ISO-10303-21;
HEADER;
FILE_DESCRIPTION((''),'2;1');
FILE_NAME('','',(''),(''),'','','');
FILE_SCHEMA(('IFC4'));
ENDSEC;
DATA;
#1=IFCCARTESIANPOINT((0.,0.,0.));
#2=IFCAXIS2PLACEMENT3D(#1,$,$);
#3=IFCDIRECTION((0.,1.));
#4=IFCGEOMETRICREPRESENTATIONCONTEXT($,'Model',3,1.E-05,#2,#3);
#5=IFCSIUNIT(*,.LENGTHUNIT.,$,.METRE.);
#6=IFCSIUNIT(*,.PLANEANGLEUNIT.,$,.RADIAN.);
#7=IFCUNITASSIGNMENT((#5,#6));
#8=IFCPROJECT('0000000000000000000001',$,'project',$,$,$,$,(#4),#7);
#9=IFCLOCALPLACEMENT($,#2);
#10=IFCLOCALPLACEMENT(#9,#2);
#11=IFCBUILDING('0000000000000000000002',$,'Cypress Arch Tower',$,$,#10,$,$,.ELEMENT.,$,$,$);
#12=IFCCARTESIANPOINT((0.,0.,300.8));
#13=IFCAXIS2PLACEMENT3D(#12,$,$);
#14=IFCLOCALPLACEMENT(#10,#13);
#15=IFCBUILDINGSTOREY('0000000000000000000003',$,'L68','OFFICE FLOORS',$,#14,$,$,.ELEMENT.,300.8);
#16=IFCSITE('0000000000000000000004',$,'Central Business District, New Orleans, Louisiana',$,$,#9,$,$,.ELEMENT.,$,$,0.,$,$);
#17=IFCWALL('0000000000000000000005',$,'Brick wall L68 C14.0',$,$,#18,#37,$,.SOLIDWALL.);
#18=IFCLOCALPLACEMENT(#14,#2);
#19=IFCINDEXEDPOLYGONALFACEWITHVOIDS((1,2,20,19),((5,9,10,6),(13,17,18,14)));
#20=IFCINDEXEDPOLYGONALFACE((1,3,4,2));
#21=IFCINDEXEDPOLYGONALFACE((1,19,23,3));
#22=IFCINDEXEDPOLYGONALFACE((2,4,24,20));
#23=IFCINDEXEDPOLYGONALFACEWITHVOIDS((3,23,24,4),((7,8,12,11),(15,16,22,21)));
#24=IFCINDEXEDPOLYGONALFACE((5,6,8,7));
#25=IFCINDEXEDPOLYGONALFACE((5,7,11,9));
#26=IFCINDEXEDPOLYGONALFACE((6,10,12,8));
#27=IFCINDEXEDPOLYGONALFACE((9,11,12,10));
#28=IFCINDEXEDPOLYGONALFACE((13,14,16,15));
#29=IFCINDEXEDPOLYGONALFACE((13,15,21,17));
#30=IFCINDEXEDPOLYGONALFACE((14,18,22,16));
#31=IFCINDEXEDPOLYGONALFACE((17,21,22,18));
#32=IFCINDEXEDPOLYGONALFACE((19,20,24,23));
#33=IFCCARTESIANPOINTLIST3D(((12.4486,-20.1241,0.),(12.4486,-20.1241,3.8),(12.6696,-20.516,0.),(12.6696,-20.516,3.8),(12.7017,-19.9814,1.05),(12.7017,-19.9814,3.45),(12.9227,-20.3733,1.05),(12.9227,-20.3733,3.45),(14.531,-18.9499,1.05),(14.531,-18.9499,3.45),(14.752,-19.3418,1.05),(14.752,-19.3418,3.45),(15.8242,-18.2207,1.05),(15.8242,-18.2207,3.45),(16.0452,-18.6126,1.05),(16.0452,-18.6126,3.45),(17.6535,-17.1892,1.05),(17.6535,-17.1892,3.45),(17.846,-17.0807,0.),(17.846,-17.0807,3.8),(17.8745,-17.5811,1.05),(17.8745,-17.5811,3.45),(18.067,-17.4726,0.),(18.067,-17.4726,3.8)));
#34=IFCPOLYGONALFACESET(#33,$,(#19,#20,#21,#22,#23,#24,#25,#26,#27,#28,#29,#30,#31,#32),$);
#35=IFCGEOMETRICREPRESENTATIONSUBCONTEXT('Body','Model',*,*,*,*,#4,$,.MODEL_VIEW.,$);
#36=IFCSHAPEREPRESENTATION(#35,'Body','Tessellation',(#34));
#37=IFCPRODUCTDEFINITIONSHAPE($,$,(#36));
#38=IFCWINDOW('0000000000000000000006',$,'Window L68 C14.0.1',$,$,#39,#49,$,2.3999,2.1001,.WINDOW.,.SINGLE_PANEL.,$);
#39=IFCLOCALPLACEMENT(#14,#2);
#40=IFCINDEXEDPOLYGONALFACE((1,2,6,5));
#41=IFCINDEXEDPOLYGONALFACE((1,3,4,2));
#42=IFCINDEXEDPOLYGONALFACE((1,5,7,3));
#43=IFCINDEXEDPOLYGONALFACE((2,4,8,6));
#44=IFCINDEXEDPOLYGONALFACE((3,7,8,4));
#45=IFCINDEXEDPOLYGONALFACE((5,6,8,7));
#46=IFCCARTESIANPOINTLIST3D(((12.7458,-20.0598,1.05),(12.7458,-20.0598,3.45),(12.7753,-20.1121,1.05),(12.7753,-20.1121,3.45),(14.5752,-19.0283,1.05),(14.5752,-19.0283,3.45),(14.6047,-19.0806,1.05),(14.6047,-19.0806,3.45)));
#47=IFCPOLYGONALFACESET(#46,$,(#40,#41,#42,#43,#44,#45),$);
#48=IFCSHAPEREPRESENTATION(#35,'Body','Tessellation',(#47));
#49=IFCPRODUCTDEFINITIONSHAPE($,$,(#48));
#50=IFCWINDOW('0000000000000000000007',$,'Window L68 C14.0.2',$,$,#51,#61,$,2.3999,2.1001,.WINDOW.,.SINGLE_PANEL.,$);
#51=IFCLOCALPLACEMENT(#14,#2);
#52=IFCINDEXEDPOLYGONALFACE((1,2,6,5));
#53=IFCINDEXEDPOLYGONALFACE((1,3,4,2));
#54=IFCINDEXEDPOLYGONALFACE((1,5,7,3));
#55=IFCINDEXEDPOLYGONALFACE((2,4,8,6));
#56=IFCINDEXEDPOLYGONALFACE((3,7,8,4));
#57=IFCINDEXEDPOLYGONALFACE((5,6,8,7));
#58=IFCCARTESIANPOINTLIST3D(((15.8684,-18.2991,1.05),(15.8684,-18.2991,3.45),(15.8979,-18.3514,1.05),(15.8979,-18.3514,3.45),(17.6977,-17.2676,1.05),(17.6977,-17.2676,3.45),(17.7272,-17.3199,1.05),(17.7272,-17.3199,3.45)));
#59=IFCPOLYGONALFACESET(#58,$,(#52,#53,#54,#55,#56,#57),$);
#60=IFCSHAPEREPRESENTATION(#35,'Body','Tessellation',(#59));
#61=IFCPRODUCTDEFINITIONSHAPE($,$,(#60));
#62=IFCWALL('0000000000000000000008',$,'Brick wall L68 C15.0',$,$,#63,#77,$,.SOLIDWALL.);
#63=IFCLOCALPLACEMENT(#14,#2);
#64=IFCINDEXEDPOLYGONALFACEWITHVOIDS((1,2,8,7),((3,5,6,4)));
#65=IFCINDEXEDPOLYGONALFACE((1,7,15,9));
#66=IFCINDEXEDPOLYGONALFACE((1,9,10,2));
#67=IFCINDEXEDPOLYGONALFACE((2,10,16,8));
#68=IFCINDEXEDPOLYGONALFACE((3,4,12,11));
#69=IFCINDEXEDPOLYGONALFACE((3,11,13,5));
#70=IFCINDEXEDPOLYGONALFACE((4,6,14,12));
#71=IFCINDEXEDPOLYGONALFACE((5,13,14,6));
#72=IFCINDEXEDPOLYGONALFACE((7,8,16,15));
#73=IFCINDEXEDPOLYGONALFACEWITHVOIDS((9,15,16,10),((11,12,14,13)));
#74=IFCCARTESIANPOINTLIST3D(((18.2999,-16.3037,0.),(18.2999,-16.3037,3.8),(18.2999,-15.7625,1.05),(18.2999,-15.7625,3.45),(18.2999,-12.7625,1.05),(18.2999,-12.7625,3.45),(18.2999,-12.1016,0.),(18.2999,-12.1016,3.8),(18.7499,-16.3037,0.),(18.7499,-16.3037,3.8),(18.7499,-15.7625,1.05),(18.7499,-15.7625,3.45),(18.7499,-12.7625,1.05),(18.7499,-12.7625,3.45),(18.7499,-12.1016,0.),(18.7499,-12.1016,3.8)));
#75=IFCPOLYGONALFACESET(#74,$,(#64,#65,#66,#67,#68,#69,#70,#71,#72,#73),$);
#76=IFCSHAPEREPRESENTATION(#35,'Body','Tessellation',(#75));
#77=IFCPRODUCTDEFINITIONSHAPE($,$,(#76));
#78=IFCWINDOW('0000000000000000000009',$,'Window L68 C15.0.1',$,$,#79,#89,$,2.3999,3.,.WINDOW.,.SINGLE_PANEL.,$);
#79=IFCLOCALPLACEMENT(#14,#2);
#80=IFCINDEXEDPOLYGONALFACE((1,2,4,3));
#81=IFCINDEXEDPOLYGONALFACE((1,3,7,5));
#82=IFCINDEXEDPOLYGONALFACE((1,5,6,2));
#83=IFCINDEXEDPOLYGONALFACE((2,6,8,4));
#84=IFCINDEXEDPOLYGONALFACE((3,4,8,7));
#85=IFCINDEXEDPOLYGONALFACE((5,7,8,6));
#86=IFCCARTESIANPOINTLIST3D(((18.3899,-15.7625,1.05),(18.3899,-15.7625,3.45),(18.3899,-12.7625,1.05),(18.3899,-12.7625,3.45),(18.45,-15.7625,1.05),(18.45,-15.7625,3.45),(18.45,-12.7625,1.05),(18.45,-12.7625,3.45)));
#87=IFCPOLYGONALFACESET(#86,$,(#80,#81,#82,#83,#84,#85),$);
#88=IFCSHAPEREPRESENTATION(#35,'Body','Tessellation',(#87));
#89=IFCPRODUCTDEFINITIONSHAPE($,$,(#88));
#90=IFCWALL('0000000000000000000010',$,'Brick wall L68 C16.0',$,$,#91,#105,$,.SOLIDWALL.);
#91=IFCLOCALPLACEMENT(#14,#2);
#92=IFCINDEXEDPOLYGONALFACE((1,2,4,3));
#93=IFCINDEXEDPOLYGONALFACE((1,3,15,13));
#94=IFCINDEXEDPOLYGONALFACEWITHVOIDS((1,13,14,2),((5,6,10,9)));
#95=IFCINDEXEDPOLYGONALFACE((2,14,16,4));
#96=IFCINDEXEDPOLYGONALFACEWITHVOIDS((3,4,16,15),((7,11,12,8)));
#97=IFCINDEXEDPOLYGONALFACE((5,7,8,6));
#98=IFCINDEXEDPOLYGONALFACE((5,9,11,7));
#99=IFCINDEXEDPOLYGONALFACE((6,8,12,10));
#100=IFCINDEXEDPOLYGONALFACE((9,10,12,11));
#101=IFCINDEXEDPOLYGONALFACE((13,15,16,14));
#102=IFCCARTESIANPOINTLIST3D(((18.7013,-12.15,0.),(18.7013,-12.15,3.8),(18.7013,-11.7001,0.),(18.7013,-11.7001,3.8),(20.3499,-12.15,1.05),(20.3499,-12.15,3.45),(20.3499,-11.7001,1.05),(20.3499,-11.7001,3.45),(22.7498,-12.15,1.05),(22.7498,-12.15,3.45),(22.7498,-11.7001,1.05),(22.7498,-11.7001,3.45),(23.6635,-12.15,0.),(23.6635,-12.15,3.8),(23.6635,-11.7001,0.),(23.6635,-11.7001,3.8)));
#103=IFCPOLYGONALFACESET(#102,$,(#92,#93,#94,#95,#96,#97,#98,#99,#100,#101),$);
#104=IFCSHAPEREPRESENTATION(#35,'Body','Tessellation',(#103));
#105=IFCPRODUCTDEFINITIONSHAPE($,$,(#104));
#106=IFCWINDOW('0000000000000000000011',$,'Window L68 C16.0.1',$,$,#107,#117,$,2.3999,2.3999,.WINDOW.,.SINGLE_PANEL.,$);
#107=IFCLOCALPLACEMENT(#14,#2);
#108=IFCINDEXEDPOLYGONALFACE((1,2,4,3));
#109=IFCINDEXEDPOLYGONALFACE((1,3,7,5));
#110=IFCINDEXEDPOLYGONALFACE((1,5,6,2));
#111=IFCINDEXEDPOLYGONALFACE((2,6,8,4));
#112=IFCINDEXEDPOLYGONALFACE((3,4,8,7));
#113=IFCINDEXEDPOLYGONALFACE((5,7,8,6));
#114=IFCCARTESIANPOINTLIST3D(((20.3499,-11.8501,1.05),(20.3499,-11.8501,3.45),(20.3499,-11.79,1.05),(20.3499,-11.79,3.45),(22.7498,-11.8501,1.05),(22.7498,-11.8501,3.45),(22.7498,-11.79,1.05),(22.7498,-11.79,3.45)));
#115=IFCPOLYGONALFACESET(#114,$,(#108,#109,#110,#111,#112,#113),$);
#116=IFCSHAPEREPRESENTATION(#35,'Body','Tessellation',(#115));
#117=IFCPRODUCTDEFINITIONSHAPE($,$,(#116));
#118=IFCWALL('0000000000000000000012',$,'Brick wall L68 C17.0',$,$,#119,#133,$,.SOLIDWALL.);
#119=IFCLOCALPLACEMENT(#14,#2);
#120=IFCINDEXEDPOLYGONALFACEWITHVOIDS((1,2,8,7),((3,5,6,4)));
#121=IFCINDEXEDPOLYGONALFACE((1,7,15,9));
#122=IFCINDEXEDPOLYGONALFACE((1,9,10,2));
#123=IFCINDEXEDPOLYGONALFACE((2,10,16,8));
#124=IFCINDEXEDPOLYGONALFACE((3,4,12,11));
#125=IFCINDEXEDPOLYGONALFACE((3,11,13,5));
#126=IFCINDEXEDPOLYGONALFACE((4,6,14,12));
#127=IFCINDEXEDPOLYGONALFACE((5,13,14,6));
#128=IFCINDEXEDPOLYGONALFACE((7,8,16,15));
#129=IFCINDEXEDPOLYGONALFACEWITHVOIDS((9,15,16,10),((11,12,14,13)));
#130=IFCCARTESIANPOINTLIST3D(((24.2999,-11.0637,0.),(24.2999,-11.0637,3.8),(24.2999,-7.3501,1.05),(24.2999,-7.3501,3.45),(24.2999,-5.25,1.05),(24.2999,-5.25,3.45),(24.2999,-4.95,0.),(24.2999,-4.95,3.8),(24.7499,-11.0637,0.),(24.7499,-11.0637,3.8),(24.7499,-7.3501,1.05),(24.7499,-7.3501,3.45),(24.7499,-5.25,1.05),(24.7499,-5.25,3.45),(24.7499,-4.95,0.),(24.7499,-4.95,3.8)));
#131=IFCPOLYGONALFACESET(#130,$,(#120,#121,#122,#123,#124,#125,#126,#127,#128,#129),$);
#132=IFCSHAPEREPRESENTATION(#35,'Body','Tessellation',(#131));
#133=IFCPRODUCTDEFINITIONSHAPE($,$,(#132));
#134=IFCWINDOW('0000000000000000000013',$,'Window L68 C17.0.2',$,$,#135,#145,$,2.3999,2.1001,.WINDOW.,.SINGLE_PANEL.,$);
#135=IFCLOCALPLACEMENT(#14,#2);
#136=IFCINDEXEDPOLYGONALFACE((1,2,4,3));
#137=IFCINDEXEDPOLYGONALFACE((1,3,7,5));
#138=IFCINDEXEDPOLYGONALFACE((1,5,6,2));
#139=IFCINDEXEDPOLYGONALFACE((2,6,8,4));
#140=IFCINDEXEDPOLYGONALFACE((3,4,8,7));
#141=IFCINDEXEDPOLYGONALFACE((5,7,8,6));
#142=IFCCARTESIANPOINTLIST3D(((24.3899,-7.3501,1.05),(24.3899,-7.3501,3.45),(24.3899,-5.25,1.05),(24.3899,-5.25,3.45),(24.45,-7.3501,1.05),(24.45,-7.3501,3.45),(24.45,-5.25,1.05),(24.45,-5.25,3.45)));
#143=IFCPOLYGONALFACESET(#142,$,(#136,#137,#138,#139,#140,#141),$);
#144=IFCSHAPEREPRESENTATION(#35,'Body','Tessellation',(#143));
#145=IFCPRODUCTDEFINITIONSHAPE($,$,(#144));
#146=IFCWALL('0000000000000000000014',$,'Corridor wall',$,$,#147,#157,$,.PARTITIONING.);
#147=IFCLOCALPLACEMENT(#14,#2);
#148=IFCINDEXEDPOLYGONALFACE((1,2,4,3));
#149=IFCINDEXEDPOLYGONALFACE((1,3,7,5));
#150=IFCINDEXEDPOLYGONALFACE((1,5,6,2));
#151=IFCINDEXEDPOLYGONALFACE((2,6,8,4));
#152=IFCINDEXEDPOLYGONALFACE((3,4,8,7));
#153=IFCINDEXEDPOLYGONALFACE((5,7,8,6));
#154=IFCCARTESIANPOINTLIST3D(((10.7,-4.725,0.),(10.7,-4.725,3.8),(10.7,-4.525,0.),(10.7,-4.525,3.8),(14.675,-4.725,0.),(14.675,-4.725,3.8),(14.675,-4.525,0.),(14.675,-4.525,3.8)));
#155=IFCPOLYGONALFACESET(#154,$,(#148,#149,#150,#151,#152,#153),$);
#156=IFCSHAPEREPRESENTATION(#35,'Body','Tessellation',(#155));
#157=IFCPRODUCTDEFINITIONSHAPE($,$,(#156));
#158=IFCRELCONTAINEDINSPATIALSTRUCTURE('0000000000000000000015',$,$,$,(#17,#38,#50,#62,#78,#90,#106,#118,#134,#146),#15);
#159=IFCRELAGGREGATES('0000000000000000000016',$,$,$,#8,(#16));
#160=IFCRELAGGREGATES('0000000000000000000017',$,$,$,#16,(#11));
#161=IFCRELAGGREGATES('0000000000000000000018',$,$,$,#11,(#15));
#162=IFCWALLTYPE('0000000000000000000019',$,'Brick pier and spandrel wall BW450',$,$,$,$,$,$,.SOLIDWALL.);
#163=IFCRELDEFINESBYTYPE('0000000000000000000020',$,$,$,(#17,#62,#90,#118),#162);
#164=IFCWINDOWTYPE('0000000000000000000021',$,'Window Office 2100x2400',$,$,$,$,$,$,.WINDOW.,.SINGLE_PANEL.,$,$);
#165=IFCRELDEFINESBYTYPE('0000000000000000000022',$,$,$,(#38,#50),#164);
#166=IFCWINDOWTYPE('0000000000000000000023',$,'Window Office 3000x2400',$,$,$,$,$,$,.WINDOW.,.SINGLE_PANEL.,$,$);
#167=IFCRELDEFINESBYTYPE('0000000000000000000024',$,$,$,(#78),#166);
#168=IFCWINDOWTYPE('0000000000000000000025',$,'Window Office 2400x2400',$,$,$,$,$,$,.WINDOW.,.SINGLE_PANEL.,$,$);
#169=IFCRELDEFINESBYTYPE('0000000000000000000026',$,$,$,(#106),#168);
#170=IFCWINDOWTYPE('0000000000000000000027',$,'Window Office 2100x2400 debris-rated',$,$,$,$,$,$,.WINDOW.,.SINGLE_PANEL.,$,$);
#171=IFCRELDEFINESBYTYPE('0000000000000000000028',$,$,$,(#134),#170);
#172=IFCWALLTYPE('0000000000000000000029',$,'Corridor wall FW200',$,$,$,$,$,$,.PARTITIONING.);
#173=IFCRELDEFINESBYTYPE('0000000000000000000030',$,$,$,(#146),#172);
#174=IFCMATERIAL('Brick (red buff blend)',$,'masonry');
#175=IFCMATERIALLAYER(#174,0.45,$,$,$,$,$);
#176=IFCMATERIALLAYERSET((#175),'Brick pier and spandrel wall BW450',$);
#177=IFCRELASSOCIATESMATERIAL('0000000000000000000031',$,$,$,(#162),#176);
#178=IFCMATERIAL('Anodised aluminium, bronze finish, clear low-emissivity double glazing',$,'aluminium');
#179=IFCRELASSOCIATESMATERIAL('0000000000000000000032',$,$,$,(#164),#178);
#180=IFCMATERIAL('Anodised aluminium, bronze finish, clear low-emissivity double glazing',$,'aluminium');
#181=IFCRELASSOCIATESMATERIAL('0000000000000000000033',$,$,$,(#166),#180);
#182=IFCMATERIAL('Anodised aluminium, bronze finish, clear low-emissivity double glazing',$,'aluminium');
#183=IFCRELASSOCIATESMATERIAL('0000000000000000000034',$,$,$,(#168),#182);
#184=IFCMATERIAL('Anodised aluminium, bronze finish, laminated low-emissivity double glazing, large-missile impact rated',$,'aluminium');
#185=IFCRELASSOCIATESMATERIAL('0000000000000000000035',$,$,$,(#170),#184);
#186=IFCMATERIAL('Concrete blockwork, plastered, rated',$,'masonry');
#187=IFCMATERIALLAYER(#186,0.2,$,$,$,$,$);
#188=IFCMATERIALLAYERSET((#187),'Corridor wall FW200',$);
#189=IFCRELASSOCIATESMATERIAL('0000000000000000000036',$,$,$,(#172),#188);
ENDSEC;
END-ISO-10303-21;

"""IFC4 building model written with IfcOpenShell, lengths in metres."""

from ifc_helpers import new_model, si_unit, direction, frame, frame_2d, origin, place, context, subcontext, project, spatial, rectangle, extrude, material, layer, layer_set, type_object, element, fill, save


model = new_model("IFC4")

# Units and contexts
model_context = context("Model", 3, precision=1e-05, world=origin(), true_north=direction((0.0, 1.0)))
body_context = subcontext(model_context, "Body", "Model", "MODEL_VIEW")
ifc_project = project(units=[si_unit("LENGTHUNIT", "METRE"), si_unit("PLANEANGLEUNIT", "RADIAN")], contexts=[model_context])

# Site, building, storey
site_placement = place(None, origin())
site = spatial("IfcSite", under=ifc_project, at=site_placement, Name="Central Business District, New Orleans, Louisiana", CompositionType="ELEMENT", RefElevation=0.0)
building_placement = place(site_placement, origin())
building = spatial("IfcBuilding", under=site, at=building_placement, Name="Cypress Arch Tower", CompositionType="ELEMENT")
storey_placement = place(building_placement, frame((0.0, 0.0, 300.8)))
storey = spatial("IfcBuildingStorey", under=building, at=storey_placement, Name="L68", Description="OFFICE FLOORS", CompositionType="ELEMENT", Elevation=300.8)

# Wall, openings, windows
ifc_material_1 = material(Name="Brick (red buff blend)", Category="masonry")
ifc_layer_1 = layer(ifc_material_1, 0.45)
ifc_layer_set_1 = layer_set([ifc_layer_1], Name="Brick pier and spandrel wall BW450")
wall_type_1 = type_object("IfcWallType", Name="Brick pier and spandrel wall BW450", PredefinedType="SOLIDWALL", material=ifc_layer_set_1)
wall_1_placement = place(storey_placement, frame((12.5591, -20.3201, 0.0), z_axis=(0.0, 0.0, 1.0), x_axis=(0.871066, 0.491166, 0.0)))
wall_1 = element("IfcWall", 1, at=wall_1_placement, inside=storey, type_object=wall_type_1, Name="Brick wall L68 C14.0", PredefinedType="SOLIDWALL", context=body_context, shape_type="SweptSolid", body=[
    extrude(rectangle(XDim=6.1963, YDim=0.45, at=frame_2d((3.0981, 0.0))), origin(), (0.0, 0.0, 1.0), 3.8),
])
opening_1_placement = place(wall_1_placement, frame((0.2905, 0.0, 1.05)))
opening_1 = element("IfcOpeningElement", 2, at=opening_1_placement, cuts=wall_1, PredefinedType="OPENING", context=body_context, shape_type="SweptSolid", body=[
    extrude(rectangle(XDim=2.1001, YDim=2.3999, at=frame_2d((1.05, 1.2))), frame((0.0, 0.2349, 0.0), z_axis=(0.0, -1.0, 0.0), x_axis=(1.0, 0.0, 0.0)), (0.0, 0.0, 1.0), 0.47),
])
opening_2_placement = place(wall_1_placement, frame((3.8752, 0.0, 1.05)))
opening_2 = element("IfcOpeningElement", 3, at=opening_2_placement, cuts=wall_1, PredefinedType="OPENING", context=body_context, shape_type="SweptSolid", body=[
    extrude(rectangle(XDim=2.1001, YDim=2.3999, at=frame_2d((1.05, 1.2))), frame((0.0, 0.2349, 0.0), z_axis=(0.0, -1.0, 0.0), x_axis=(1.0, 0.0, 0.0)), (0.0, 0.0, 1.0), 0.47),
])
ifc_material_2 = material(Name="Anodised aluminium, bronze finish, clear low-emissivity double glazing", Category="aluminium")
window_type_1 = type_object("IfcWindowType", Name="Window Office 2100x2400", PartitioningType="SINGLE_PANEL", PredefinedType="WINDOW", material=ifc_material_2)
window_1_placement = place(opening_1_placement, origin())
window_1 = element("IfcWindow", 4, at=window_1_placement, inside=storey, type_object=window_type_1, Name="Window L68 C14.0.1", OverallHeight=2.3999, OverallWidth=2.1001, PartitioningType="SINGLE_PANEL", PredefinedType="WINDOW", context=body_context, shape_type="SweptSolid", body=[
    extrude(rectangle(XDim=2.1001, YDim=2.3999, at=frame_2d((1.05, 1.2))), frame((0.0, 0.135, 0.0), z_axis=(0.0, -1.0, 0.0), x_axis=(1.0, 0.0, 0.0)), (0.0, 0.0, 1.0), 0.0601),
])
fill(opening_1, window_1)
window_2_placement = place(opening_2_placement, origin())
window_2 = element("IfcWindow", 5, at=window_2_placement, inside=storey, type_object=window_type_1, Name="Window L68 C14.0.2", OverallHeight=2.3999, OverallWidth=2.1001, PartitioningType="SINGLE_PANEL", PredefinedType="WINDOW", context=body_context, shape_type="SweptSolid", body=[
    extrude(rectangle(XDim=2.1001, YDim=2.3999, at=frame_2d((1.05, 1.2))), frame((0.0, 0.135, 0.0), z_axis=(0.0, -1.0, 0.0), x_axis=(1.0, 0.0, 0.0)), (0.0, 0.0, 1.0), 0.0601),
])
fill(opening_2, window_2)

# Walls, openings, windows
wall_2_placement = place(storey_placement, frame((18.5249, -16.3037, 0.0), z_axis=(0.0, 0.0, 1.0), x_axis=(0.0, 1.0, 0.0)))
wall_2 = element("IfcWall", 6, at=wall_2_placement, inside=storey, type_object=wall_type_1, Name="Brick wall L68 C15.0", PredefinedType="SOLIDWALL", context=body_context, shape_type="SweptSolid", body=[
    extrude(rectangle(XDim=4.2021, YDim=0.45, at=frame_2d((2.1011, 0.0))), origin(), (0.0, 0.0, 1.0), 3.8),
])
opening_3_placement = place(wall_2_placement, frame((0.5413, 0.0, 1.05)))
opening_3 = element("IfcOpeningElement", 7, at=opening_3_placement, cuts=wall_2, PredefinedType="OPENING", context=body_context, shape_type="SweptSolid", body=[
    extrude(rectangle(XDim=3.0, YDim=2.3999, at=frame_2d((1.5, 1.2))), frame((0.0, 0.2349, 0.0), z_axis=(0.0, -1.0, 0.0), x_axis=(1.0, 0.0, 0.0)), (0.0, 0.0, 1.0), 0.47),
])
ifc_material_3 = material(Name="Anodised aluminium, bronze finish, clear low-emissivity double glazing", Category="aluminium")
window_type_2 = type_object("IfcWindowType", Name="Window Office 3000x2400", PartitioningType="SINGLE_PANEL", PredefinedType="WINDOW", material=ifc_material_3)
window_3_placement = place(opening_3_placement, origin())
window_3 = element("IfcWindow", 8, at=window_3_placement, inside=storey, type_object=window_type_2, Name="Window L68 C15.0.1", OverallHeight=2.3999, OverallWidth=3.0, PartitioningType="SINGLE_PANEL", PredefinedType="WINDOW", context=body_context, shape_type="SweptSolid", body=[
    extrude(rectangle(XDim=3.0, YDim=2.3999, at=frame_2d((1.5, 1.2))), frame((0.0, 0.135, 0.0), z_axis=(0.0, -1.0, 0.0), x_axis=(1.0, 0.0, 0.0)), (0.0, 0.0, 1.0), 0.0601),
])
fill(opening_3, window_3)
wall_3_placement = place(storey_placement, frame((18.7014, -11.925, 0.0), z_axis=(0.0, 0.0, 1.0), x_axis=(1.0, 0.0, 0.0)))
wall_3 = element("IfcWall", 9, at=wall_3_placement, inside=storey, type_object=wall_type_1, Name="Brick wall L68 C16.0", PredefinedType="SOLIDWALL", context=body_context, shape_type="SweptSolid", body=[
    extrude(rectangle(XDim=4.9622, YDim=0.45, at=frame_2d((2.481, 0.0))), origin(), (0.0, 0.0, 1.0), 3.8),
])
opening_4_placement = place(wall_3_placement, frame((1.6484, 0.0, 1.05)))
opening_4 = element("IfcOpeningElement", 10, at=opening_4_placement, cuts=wall_3, PredefinedType="OPENING", context=body_context, shape_type="SweptSolid", body=[
    extrude(rectangle(XDim=2.3999, YDim=2.3999, at=frame_2d((1.2, 1.2))), frame((0.0, 0.2349, 0.0), z_axis=(0.0, -1.0, 0.0), x_axis=(1.0, 0.0, 0.0)), (0.0, 0.0, 1.0), 0.47),
])
ifc_material_4 = material(Name="Anodised aluminium, bronze finish, clear low-emissivity double glazing", Category="aluminium")
window_type_3 = type_object("IfcWindowType", Name="Window Office 2400x2400", PartitioningType="SINGLE_PANEL", PredefinedType="WINDOW", material=ifc_material_4)
window_4_placement = place(opening_4_placement, origin())
window_4 = element("IfcWindow", 11, at=window_4_placement, inside=storey, type_object=window_type_3, Name="Window L68 C16.0.1", OverallHeight=2.3999, OverallWidth=2.3999, PartitioningType="SINGLE_PANEL", PredefinedType="WINDOW", context=body_context, shape_type="SweptSolid", body=[
    extrude(rectangle(XDim=2.3999, YDim=2.3999, at=frame_2d((1.2, 1.2))), frame((0.0, 0.135, 0.0), z_axis=(0.0, -1.0, 0.0), x_axis=(1.0, 0.0, 0.0)), (0.0, 0.0, 1.0), 0.0601),
])
fill(opening_4, window_4)
wall_4_placement = place(storey_placement, frame((24.5249, -11.0637, 0.0), z_axis=(0.0, 0.0, 1.0), x_axis=(0.0, 1.0, 0.0)))
wall_4 = element("IfcWall", 12, at=wall_4_placement, inside=storey, type_object=wall_type_1, Name="Brick wall L68 C17.0", PredefinedType="SOLIDWALL", context=body_context, shape_type="SweptSolid", body=[
    extrude(rectangle(XDim=6.1138, YDim=0.45, at=frame_2d((3.0569, 0.0))), origin(), (0.0, 0.0, 1.0), 3.8),
])
opening_5_placement = place(wall_4_placement, frame((3.7136, 0.0, 1.05)))
opening_5 = element("IfcOpeningElement", 13, at=opening_5_placement, cuts=wall_4, PredefinedType="OPENING", context=body_context, shape_type="SweptSolid", body=[
    extrude(rectangle(XDim=2.1001, YDim=2.3999, at=frame_2d((1.05, 1.2))), frame((0.0, 0.2349, 0.0), z_axis=(0.0, -1.0, 0.0), x_axis=(1.0, 0.0, 0.0)), (0.0, 0.0, 1.0), 0.47),
])
ifc_material_5 = material(Name="Anodised aluminium, bronze finish, laminated low-emissivity double glazing, large-missile impact rated", Category="aluminium")
window_type_4 = type_object("IfcWindowType", Name="Window Office 2100x2400 debris-rated", PartitioningType="SINGLE_PANEL", PredefinedType="WINDOW", material=ifc_material_5)
window_5_placement = place(opening_5_placement, origin())
window_5 = element("IfcWindow", 14, at=window_5_placement, inside=storey, type_object=window_type_4, Name="Window L68 C17.0.2", OverallHeight=2.3999, OverallWidth=2.1001, PartitioningType="SINGLE_PANEL", PredefinedType="WINDOW", context=body_context, shape_type="SweptSolid", body=[
    extrude(rectangle(XDim=2.1001, YDim=2.3999, at=frame_2d((1.05, 1.2))), frame((0.0, 0.135, 0.0), z_axis=(0.0, -1.0, 0.0), x_axis=(1.0, 0.0, 0.0)), (0.0, 0.0, 1.0), 0.0601),
])
fill(opening_5, window_5)

# Wall
ifc_material_6 = material(Name="Concrete blockwork, plastered, rated", Category="masonry")
ifc_layer_2 = layer(ifc_material_6, 0.2)
ifc_layer_set_2 = layer_set([ifc_layer_2], Name="Corridor wall FW200")
wall_type_2 = type_object("IfcWallType", Name="Corridor wall FW200", PredefinedType="PARTITIONING", material=ifc_layer_set_2)
wall_5_placement = place(storey_placement, frame((10.7, -4.625, 0.0), z_axis=(0.0, 0.0, 1.0), x_axis=(1.0, 0.0, 0.0)))
element("IfcWall", 15, at=wall_5_placement, inside=storey, type_object=wall_type_2, Name="Corridor wall", PredefinedType="PARTITIONING", context=body_context, shape_type="SweptSolid", body=[
    extrude(rectangle(XDim=3.9751, YDim=0.2, at=frame_2d((1.9875, 0.0))), origin(), (0.0, 0.0, 1.0), 3.8),
])

save(model, "model.ifc")
